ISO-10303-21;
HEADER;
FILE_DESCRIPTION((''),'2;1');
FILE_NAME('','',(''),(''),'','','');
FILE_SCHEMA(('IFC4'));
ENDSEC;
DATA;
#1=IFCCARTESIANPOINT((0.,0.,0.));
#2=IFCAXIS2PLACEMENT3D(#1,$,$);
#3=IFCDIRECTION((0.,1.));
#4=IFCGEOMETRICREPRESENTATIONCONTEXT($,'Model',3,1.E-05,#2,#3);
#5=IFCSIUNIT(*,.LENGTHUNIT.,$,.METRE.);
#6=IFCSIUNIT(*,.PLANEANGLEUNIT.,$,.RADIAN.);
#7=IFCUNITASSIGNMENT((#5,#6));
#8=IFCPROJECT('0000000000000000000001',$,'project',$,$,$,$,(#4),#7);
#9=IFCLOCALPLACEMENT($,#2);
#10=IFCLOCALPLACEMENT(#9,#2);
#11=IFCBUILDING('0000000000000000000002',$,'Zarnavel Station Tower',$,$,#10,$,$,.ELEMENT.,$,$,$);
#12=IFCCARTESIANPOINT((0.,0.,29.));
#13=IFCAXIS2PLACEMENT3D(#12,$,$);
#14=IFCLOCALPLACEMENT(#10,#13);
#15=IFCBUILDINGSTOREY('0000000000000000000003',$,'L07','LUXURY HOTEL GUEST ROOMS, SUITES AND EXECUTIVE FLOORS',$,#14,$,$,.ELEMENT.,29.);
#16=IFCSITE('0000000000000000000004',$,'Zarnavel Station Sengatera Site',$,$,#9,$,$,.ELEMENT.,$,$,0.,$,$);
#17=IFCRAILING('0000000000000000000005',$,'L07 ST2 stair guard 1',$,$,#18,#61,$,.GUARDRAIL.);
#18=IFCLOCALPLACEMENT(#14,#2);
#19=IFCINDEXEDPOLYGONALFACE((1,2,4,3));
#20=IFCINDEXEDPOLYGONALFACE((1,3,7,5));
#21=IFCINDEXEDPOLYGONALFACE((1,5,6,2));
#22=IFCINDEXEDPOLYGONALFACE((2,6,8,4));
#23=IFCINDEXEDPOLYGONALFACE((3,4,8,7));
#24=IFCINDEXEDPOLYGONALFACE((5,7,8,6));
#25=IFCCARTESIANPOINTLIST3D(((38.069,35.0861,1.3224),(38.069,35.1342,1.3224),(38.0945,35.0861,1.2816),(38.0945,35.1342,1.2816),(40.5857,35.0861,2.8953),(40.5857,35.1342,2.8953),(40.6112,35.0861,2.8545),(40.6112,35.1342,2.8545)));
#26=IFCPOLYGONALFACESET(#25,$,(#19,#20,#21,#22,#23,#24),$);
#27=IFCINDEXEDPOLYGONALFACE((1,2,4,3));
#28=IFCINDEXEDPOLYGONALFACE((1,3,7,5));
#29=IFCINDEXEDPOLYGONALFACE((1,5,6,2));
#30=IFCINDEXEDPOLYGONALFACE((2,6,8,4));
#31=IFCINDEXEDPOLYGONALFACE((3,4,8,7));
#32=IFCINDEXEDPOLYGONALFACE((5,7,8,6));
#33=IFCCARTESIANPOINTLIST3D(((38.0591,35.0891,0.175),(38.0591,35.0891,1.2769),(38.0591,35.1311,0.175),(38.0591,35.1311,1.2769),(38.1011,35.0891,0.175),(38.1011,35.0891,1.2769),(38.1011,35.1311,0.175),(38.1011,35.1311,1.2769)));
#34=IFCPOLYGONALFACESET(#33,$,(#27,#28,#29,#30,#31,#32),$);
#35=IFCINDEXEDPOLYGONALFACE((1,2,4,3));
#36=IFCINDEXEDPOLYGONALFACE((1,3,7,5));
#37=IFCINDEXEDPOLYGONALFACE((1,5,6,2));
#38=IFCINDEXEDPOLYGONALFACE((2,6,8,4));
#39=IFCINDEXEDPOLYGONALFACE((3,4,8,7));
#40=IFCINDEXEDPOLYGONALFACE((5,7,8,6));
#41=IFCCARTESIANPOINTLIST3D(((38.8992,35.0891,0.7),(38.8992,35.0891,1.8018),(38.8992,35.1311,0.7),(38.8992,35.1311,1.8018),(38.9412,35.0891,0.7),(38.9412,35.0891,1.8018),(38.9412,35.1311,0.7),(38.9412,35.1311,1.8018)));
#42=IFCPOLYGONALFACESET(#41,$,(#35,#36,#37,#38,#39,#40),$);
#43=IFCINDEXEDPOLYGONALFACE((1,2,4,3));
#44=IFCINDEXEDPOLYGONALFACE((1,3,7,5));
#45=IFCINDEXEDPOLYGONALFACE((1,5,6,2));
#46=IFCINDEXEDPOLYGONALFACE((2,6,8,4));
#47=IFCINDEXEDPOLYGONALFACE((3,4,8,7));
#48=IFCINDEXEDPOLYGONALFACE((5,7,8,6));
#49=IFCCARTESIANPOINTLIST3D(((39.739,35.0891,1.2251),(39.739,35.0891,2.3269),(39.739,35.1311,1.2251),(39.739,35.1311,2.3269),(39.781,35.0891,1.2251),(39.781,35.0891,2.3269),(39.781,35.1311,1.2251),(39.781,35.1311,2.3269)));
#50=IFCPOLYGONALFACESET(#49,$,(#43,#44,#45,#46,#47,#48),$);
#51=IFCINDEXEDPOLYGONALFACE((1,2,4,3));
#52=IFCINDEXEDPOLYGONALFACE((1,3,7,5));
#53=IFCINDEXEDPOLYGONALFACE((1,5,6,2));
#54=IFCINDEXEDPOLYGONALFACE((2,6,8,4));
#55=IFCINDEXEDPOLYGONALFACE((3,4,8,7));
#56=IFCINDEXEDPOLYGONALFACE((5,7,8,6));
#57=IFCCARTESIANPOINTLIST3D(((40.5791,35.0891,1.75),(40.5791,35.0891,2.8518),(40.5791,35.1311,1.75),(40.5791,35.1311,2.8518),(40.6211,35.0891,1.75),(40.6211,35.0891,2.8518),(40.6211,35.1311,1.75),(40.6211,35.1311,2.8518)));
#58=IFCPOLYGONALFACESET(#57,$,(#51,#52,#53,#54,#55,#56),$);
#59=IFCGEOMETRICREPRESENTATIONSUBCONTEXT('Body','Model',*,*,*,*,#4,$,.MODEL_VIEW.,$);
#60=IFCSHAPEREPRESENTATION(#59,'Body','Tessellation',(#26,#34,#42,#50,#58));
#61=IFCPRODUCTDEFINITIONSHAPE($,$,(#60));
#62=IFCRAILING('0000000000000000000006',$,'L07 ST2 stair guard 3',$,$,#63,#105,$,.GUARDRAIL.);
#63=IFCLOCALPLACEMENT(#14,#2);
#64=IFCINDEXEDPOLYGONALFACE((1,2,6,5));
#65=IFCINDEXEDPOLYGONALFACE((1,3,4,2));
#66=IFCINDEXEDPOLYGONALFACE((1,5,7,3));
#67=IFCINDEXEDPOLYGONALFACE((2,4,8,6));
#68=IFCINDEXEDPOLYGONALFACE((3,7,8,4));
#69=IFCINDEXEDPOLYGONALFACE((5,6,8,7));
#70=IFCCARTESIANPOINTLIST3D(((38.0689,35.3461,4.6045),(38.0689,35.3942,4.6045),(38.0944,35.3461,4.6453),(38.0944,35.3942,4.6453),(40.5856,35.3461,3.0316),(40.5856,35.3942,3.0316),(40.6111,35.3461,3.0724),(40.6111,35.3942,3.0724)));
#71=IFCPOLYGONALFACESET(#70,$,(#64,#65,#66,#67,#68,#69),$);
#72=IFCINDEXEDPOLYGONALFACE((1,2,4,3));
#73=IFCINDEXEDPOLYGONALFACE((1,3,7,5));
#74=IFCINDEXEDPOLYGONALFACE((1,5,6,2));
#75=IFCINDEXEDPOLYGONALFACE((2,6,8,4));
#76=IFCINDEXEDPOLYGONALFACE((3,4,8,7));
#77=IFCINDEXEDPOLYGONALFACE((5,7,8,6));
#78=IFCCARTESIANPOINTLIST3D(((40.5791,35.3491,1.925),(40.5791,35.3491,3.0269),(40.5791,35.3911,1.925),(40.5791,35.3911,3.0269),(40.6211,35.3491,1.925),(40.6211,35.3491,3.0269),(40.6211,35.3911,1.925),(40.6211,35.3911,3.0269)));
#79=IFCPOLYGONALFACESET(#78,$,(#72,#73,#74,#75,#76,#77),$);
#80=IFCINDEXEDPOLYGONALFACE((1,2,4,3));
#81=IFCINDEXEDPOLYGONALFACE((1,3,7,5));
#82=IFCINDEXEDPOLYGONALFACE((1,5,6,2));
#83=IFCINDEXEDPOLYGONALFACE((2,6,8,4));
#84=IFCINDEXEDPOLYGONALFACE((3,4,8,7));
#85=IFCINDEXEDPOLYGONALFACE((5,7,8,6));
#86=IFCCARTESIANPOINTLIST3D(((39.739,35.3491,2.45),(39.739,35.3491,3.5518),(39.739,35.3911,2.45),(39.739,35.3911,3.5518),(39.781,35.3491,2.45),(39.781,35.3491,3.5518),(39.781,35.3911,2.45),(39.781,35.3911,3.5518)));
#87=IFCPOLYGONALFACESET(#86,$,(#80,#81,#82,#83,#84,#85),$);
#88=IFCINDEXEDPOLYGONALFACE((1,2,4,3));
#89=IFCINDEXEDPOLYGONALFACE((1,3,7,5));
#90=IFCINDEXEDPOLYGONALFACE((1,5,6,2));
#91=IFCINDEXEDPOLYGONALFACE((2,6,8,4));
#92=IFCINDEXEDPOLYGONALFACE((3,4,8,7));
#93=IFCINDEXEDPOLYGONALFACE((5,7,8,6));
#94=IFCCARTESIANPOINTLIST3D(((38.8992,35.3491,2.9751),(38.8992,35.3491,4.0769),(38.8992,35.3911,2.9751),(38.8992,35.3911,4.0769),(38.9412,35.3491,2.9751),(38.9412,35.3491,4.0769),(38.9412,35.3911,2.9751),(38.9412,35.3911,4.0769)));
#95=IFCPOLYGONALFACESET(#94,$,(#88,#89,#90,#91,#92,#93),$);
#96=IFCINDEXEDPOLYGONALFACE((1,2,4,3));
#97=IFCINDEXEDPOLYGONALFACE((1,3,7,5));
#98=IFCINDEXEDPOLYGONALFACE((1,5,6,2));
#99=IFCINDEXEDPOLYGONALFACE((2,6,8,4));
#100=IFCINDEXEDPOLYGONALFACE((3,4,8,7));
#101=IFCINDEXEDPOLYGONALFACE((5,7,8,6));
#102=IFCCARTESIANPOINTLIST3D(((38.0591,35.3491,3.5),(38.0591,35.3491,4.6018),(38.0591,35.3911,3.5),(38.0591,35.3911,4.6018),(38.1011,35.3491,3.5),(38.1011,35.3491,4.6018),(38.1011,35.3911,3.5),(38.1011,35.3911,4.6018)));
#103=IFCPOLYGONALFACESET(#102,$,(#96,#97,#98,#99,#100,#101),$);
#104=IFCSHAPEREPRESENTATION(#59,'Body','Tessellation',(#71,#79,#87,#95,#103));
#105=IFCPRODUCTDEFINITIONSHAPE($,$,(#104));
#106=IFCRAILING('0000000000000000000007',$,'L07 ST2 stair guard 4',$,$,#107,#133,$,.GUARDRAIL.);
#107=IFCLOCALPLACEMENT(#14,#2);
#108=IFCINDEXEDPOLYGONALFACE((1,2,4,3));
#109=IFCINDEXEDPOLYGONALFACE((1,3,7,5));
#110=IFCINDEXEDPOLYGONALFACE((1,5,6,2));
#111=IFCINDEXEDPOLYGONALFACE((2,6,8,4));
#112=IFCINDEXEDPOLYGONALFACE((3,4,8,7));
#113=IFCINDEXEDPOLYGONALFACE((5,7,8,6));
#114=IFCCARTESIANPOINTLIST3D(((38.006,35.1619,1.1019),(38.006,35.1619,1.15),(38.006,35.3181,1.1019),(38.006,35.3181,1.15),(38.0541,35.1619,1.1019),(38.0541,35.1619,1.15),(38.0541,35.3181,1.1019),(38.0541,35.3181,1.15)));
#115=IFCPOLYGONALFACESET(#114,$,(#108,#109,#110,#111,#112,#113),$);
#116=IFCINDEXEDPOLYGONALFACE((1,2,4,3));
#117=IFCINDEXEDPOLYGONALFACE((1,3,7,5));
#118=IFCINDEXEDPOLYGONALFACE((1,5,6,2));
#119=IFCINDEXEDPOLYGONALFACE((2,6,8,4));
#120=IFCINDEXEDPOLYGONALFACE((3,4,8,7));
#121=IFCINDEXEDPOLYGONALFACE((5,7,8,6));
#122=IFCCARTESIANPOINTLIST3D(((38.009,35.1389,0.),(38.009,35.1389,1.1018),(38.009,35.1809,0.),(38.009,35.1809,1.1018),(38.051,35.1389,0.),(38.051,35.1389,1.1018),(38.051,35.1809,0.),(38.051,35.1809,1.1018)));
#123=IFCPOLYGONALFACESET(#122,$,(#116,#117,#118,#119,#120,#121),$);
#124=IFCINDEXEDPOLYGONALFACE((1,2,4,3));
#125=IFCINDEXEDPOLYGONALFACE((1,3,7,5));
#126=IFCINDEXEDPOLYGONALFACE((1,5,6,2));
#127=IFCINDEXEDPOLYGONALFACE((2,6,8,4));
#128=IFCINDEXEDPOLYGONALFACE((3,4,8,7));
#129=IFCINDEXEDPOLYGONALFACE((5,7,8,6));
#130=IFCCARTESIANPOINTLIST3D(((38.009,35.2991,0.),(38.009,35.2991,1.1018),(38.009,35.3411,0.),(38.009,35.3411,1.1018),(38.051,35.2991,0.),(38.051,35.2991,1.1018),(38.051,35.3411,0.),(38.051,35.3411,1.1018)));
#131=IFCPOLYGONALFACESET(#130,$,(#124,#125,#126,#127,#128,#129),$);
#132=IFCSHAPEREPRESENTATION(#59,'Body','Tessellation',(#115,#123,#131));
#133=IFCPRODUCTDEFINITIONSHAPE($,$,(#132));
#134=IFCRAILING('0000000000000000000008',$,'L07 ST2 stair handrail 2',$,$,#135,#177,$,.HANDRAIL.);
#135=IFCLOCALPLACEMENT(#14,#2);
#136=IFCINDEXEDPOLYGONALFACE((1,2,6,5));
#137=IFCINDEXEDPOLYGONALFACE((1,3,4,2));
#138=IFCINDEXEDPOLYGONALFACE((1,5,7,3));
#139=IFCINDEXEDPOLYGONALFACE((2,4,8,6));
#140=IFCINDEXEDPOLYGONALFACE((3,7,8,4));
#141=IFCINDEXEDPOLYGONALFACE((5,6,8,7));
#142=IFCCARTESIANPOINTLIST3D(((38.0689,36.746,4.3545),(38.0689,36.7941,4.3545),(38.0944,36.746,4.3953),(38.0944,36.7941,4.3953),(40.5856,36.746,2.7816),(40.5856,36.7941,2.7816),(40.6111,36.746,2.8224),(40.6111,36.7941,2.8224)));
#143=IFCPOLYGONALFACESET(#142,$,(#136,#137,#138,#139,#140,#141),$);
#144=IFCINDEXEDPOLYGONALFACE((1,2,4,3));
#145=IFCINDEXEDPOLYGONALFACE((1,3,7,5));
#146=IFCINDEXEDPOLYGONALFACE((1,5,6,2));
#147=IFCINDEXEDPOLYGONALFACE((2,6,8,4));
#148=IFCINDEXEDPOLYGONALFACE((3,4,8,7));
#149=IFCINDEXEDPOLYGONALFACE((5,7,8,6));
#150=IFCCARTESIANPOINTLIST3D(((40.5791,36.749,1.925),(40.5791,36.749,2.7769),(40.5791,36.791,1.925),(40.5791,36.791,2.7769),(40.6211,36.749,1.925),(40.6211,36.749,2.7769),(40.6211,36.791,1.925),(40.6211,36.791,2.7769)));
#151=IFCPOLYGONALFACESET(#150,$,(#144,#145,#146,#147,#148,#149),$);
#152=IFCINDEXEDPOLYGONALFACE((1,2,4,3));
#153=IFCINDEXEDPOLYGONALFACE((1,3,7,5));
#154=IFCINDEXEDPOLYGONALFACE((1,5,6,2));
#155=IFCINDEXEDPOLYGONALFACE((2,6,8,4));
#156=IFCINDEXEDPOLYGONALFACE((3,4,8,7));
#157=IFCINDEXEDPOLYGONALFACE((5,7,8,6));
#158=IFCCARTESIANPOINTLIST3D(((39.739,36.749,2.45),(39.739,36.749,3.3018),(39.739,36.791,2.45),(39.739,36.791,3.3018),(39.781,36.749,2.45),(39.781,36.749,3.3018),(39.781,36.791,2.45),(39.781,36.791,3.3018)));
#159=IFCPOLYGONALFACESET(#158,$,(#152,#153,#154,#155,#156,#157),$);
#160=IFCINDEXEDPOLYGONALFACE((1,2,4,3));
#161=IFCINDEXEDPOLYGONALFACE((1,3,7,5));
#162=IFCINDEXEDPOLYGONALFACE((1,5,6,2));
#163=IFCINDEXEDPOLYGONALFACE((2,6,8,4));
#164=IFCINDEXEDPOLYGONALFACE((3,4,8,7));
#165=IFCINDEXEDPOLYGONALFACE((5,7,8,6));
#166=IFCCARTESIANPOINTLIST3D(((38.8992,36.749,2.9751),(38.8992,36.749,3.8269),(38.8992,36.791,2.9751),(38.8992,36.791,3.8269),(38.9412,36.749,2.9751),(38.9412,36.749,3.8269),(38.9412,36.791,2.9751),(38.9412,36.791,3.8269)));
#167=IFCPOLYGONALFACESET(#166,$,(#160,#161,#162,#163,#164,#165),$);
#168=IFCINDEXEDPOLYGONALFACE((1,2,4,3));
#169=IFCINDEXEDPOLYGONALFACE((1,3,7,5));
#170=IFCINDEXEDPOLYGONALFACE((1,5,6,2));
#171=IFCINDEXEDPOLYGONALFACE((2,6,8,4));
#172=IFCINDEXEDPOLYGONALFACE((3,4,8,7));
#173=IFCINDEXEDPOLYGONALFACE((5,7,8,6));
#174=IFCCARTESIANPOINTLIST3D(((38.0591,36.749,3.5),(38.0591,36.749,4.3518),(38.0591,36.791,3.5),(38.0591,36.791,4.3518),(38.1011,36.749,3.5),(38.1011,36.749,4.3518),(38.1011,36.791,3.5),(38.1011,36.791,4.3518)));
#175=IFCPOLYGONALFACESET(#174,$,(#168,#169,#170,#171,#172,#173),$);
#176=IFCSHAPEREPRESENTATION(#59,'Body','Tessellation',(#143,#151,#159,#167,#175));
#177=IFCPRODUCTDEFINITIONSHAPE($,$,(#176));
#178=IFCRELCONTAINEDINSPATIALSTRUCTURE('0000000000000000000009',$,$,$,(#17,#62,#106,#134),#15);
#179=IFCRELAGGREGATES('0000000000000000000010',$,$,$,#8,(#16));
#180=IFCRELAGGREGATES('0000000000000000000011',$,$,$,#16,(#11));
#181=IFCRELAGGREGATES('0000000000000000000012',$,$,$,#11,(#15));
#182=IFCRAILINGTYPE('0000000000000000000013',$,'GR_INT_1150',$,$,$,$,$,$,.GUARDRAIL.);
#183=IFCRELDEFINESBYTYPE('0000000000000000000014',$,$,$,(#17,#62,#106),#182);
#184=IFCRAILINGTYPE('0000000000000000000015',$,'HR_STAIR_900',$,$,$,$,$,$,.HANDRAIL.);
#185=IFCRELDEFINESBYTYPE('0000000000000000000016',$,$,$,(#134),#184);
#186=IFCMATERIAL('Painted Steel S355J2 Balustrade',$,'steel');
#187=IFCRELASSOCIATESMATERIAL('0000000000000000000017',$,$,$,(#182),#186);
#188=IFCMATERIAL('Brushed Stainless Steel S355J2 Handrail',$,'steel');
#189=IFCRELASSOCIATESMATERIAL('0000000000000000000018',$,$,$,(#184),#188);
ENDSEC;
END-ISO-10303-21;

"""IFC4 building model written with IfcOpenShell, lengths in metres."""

from ifc_helpers import new_model, si_unit, direction, frame, origin, origin_2d, place, context, subcontext, project, spatial, rectangle, extrude, material, type_object, element, save


model = new_model("IFC4")

# Units and contexts
model_context = context("Model", 3, precision=1e-05, world=origin(), true_north=direction((0.0, 1.0)))
body_context = subcontext(model_context, "Body", "Model", "MODEL_VIEW")
ifc_project = project(units=[si_unit("LENGTHUNIT", "METRE"), si_unit("PLANEANGLEUNIT", "RADIAN")], contexts=[model_context])

# Site, building, storey
site_placement = place(None, origin())
site = spatial("IfcSite", under=ifc_project, at=site_placement, Name="Zarnavel Station Sengatera Site", CompositionType="ELEMENT", RefElevation=0.0)
building_placement = place(site_placement, origin())
building = spatial("IfcBuilding", under=site, at=building_placement, Name="Zarnavel Station Tower", CompositionType="ELEMENT")
storey_placement = place(building_placement, frame((0.0, 0.0, 29.0)))
storey = spatial("IfcBuildingStorey", under=building, at=storey_placement, Name="L07", Description="LUXURY HOTEL GUEST ROOMS, SUITES AND EXECUTIVE FLOORS", CompositionType="ELEMENT", Elevation=29.0)

# Railings
ifc_material_1 = material(Name="Painted Steel S355J2 Balustrade", Category="steel")
railing_type_1 = type_object("IfcRailingType", Name="GR_INT_1150", PredefinedType="GUARDRAIL", material=ifc_material_1)
railing_1_placement = place(storey_placement, frame((38.0801, 35.1101, 0.175)))
element("IfcRailing", 1, at=railing_1_placement, inside=storey, type_object=railing_type_1, Name="L07 ST2 stair guard 1", PredefinedType="GUARDRAIL", context=body_context, shape_type="SweptSolid", body=[
    extrude(rectangle(XDim=0.0481, YDim=0.0481, at=origin_2d()), frame((0.0017, 0.0, 1.127), z_axis=(0.848008, 0.0, 0.529984), x_axis=(0.0, 1.0, 0.0)), (0.0, 0.0, 1.0), 2.9678),
    extrude(rectangle(XDim=0.042, YDim=0.042, at=origin_2d()), origin(), (0.0, 0.0, 1.0), 1.1018),
    extrude(rectangle(XDim=0.042, YDim=0.042, at=origin_2d()), frame((0.8401, 0.0, 0.5249)), (0.0, 0.0, 1.0), 1.1018),
    extrude(rectangle(XDim=0.042, YDim=0.042, at=origin_2d()), frame((1.6799, 0.0, 1.05)), (0.0, 0.0, 1.0), 1.1018),
    extrude(rectangle(XDim=0.042, YDim=0.042, at=origin_2d()), frame((2.52, 0.0, 1.575)), (0.0, 0.0, 1.0), 1.1018),
])
railing_2_placement = place(storey_placement, frame((40.6001, 35.3701, 1.925)))
element("IfcRailing", 2, at=railing_2_placement, inside=storey, type_object=railing_type_1, Name="L07 ST2 stair guard 3", PredefinedType="GUARDRAIL", context=body_context, shape_type="SweptSolid", body=[
    extrude(rectangle(XDim=0.0481, YDim=0.0481, at=origin_2d()), frame((-0.0017, 0.0, 1.127), z_axis=(-0.848008, 0.0, 0.529984), x_axis=(0.0, -1.0, 0.0)), (0.0, 0.0, 1.0), 2.9678),
    extrude(rectangle(XDim=0.042, YDim=0.042, at=origin_2d()), origin(), (0.0, 0.0, 1.0), 1.1018),
    extrude(rectangle(XDim=0.042, YDim=0.042, at=origin_2d()), frame((-0.8401, 0.0, 0.5249)), (0.0, 0.0, 1.0), 1.1018),
    extrude(rectangle(XDim=0.042, YDim=0.042, at=origin_2d()), frame((-1.6799, 0.0, 1.05)), (0.0, 0.0, 1.0), 1.1018),
    extrude(rectangle(XDim=0.042, YDim=0.042, at=origin_2d()), frame((-2.52, 0.0, 1.575)), (0.0, 0.0, 1.0), 1.1018),
])
railing_3_placement = place(storey_placement, frame((38.03, 35.1599, 0.0)))
element("IfcRailing", 3, at=railing_3_placement, inside=storey, type_object=railing_type_1, Name="L07 ST2 stair guard 4", PredefinedType="GUARDRAIL", context=body_context, shape_type="SweptSolid", body=[
    extrude(rectangle(XDim=0.0481, YDim=0.0481, at=origin_2d()), frame((0.0, 0.002, 1.126), z_axis=(0.0, 1.0, 0.0), x_axis=(-1.0, 0.0, 0.0)), (0.0, 0.0, 1.0), 0.1562),
    extrude(rectangle(XDim=0.042, YDim=0.042, at=origin_2d()), origin(), (0.0, 0.0, 1.0), 1.1018),
    extrude(rectangle(XDim=0.042, YDim=0.042, at=origin_2d()), frame((0.0, 0.1602, 0.0)), (0.0, 0.0, 1.0), 1.1018),
])
ifc_material_2 = material(Name="Brushed Stainless Steel S355J2 Handrail", Category="steel")
railing_type_2 = type_object("IfcRailingType", Name="HR_STAIR_900", PredefinedType="HANDRAIL", material=ifc_material_2)
railing_4_placement = place(storey_placement, frame((40.6001, 36.77, 1.925)))
element("IfcRailing", 4, at=railing_4_placement, inside=storey, type_object=railing_type_2, Name="L07 ST2 stair handrail 2", PredefinedType="HANDRAIL", context=body_context, shape_type="SweptSolid", body=[
    extrude(rectangle(XDim=0.0481, YDim=0.0481, at=origin_2d()), frame((-0.0017, 0.0, 0.877), z_axis=(-0.848008, 0.0, 0.529984), x_axis=(0.0, -1.0, 0.0)), (0.0, 0.0, 1.0), 2.9678),
    extrude(rectangle(XDim=0.042, YDim=0.042, at=origin_2d()), origin(), (0.0, 0.0, 1.0), 0.8518),
    extrude(rectangle(XDim=0.042, YDim=0.042, at=origin_2d()), frame((-0.8401, 0.0, 0.5249)), (0.0, 0.0, 1.0), 0.8518),
    extrude(rectangle(XDim=0.042, YDim=0.042, at=origin_2d()), frame((-1.6799, 0.0, 1.05)), (0.0, 0.0, 1.0), 0.8518),
    extrude(rectangle(XDim=0.042, YDim=0.042, at=origin_2d()), frame((-2.52, 0.0, 1.575)), (0.0, 0.0, 1.0), 0.8518),
])

save(model, "model.ifc")
